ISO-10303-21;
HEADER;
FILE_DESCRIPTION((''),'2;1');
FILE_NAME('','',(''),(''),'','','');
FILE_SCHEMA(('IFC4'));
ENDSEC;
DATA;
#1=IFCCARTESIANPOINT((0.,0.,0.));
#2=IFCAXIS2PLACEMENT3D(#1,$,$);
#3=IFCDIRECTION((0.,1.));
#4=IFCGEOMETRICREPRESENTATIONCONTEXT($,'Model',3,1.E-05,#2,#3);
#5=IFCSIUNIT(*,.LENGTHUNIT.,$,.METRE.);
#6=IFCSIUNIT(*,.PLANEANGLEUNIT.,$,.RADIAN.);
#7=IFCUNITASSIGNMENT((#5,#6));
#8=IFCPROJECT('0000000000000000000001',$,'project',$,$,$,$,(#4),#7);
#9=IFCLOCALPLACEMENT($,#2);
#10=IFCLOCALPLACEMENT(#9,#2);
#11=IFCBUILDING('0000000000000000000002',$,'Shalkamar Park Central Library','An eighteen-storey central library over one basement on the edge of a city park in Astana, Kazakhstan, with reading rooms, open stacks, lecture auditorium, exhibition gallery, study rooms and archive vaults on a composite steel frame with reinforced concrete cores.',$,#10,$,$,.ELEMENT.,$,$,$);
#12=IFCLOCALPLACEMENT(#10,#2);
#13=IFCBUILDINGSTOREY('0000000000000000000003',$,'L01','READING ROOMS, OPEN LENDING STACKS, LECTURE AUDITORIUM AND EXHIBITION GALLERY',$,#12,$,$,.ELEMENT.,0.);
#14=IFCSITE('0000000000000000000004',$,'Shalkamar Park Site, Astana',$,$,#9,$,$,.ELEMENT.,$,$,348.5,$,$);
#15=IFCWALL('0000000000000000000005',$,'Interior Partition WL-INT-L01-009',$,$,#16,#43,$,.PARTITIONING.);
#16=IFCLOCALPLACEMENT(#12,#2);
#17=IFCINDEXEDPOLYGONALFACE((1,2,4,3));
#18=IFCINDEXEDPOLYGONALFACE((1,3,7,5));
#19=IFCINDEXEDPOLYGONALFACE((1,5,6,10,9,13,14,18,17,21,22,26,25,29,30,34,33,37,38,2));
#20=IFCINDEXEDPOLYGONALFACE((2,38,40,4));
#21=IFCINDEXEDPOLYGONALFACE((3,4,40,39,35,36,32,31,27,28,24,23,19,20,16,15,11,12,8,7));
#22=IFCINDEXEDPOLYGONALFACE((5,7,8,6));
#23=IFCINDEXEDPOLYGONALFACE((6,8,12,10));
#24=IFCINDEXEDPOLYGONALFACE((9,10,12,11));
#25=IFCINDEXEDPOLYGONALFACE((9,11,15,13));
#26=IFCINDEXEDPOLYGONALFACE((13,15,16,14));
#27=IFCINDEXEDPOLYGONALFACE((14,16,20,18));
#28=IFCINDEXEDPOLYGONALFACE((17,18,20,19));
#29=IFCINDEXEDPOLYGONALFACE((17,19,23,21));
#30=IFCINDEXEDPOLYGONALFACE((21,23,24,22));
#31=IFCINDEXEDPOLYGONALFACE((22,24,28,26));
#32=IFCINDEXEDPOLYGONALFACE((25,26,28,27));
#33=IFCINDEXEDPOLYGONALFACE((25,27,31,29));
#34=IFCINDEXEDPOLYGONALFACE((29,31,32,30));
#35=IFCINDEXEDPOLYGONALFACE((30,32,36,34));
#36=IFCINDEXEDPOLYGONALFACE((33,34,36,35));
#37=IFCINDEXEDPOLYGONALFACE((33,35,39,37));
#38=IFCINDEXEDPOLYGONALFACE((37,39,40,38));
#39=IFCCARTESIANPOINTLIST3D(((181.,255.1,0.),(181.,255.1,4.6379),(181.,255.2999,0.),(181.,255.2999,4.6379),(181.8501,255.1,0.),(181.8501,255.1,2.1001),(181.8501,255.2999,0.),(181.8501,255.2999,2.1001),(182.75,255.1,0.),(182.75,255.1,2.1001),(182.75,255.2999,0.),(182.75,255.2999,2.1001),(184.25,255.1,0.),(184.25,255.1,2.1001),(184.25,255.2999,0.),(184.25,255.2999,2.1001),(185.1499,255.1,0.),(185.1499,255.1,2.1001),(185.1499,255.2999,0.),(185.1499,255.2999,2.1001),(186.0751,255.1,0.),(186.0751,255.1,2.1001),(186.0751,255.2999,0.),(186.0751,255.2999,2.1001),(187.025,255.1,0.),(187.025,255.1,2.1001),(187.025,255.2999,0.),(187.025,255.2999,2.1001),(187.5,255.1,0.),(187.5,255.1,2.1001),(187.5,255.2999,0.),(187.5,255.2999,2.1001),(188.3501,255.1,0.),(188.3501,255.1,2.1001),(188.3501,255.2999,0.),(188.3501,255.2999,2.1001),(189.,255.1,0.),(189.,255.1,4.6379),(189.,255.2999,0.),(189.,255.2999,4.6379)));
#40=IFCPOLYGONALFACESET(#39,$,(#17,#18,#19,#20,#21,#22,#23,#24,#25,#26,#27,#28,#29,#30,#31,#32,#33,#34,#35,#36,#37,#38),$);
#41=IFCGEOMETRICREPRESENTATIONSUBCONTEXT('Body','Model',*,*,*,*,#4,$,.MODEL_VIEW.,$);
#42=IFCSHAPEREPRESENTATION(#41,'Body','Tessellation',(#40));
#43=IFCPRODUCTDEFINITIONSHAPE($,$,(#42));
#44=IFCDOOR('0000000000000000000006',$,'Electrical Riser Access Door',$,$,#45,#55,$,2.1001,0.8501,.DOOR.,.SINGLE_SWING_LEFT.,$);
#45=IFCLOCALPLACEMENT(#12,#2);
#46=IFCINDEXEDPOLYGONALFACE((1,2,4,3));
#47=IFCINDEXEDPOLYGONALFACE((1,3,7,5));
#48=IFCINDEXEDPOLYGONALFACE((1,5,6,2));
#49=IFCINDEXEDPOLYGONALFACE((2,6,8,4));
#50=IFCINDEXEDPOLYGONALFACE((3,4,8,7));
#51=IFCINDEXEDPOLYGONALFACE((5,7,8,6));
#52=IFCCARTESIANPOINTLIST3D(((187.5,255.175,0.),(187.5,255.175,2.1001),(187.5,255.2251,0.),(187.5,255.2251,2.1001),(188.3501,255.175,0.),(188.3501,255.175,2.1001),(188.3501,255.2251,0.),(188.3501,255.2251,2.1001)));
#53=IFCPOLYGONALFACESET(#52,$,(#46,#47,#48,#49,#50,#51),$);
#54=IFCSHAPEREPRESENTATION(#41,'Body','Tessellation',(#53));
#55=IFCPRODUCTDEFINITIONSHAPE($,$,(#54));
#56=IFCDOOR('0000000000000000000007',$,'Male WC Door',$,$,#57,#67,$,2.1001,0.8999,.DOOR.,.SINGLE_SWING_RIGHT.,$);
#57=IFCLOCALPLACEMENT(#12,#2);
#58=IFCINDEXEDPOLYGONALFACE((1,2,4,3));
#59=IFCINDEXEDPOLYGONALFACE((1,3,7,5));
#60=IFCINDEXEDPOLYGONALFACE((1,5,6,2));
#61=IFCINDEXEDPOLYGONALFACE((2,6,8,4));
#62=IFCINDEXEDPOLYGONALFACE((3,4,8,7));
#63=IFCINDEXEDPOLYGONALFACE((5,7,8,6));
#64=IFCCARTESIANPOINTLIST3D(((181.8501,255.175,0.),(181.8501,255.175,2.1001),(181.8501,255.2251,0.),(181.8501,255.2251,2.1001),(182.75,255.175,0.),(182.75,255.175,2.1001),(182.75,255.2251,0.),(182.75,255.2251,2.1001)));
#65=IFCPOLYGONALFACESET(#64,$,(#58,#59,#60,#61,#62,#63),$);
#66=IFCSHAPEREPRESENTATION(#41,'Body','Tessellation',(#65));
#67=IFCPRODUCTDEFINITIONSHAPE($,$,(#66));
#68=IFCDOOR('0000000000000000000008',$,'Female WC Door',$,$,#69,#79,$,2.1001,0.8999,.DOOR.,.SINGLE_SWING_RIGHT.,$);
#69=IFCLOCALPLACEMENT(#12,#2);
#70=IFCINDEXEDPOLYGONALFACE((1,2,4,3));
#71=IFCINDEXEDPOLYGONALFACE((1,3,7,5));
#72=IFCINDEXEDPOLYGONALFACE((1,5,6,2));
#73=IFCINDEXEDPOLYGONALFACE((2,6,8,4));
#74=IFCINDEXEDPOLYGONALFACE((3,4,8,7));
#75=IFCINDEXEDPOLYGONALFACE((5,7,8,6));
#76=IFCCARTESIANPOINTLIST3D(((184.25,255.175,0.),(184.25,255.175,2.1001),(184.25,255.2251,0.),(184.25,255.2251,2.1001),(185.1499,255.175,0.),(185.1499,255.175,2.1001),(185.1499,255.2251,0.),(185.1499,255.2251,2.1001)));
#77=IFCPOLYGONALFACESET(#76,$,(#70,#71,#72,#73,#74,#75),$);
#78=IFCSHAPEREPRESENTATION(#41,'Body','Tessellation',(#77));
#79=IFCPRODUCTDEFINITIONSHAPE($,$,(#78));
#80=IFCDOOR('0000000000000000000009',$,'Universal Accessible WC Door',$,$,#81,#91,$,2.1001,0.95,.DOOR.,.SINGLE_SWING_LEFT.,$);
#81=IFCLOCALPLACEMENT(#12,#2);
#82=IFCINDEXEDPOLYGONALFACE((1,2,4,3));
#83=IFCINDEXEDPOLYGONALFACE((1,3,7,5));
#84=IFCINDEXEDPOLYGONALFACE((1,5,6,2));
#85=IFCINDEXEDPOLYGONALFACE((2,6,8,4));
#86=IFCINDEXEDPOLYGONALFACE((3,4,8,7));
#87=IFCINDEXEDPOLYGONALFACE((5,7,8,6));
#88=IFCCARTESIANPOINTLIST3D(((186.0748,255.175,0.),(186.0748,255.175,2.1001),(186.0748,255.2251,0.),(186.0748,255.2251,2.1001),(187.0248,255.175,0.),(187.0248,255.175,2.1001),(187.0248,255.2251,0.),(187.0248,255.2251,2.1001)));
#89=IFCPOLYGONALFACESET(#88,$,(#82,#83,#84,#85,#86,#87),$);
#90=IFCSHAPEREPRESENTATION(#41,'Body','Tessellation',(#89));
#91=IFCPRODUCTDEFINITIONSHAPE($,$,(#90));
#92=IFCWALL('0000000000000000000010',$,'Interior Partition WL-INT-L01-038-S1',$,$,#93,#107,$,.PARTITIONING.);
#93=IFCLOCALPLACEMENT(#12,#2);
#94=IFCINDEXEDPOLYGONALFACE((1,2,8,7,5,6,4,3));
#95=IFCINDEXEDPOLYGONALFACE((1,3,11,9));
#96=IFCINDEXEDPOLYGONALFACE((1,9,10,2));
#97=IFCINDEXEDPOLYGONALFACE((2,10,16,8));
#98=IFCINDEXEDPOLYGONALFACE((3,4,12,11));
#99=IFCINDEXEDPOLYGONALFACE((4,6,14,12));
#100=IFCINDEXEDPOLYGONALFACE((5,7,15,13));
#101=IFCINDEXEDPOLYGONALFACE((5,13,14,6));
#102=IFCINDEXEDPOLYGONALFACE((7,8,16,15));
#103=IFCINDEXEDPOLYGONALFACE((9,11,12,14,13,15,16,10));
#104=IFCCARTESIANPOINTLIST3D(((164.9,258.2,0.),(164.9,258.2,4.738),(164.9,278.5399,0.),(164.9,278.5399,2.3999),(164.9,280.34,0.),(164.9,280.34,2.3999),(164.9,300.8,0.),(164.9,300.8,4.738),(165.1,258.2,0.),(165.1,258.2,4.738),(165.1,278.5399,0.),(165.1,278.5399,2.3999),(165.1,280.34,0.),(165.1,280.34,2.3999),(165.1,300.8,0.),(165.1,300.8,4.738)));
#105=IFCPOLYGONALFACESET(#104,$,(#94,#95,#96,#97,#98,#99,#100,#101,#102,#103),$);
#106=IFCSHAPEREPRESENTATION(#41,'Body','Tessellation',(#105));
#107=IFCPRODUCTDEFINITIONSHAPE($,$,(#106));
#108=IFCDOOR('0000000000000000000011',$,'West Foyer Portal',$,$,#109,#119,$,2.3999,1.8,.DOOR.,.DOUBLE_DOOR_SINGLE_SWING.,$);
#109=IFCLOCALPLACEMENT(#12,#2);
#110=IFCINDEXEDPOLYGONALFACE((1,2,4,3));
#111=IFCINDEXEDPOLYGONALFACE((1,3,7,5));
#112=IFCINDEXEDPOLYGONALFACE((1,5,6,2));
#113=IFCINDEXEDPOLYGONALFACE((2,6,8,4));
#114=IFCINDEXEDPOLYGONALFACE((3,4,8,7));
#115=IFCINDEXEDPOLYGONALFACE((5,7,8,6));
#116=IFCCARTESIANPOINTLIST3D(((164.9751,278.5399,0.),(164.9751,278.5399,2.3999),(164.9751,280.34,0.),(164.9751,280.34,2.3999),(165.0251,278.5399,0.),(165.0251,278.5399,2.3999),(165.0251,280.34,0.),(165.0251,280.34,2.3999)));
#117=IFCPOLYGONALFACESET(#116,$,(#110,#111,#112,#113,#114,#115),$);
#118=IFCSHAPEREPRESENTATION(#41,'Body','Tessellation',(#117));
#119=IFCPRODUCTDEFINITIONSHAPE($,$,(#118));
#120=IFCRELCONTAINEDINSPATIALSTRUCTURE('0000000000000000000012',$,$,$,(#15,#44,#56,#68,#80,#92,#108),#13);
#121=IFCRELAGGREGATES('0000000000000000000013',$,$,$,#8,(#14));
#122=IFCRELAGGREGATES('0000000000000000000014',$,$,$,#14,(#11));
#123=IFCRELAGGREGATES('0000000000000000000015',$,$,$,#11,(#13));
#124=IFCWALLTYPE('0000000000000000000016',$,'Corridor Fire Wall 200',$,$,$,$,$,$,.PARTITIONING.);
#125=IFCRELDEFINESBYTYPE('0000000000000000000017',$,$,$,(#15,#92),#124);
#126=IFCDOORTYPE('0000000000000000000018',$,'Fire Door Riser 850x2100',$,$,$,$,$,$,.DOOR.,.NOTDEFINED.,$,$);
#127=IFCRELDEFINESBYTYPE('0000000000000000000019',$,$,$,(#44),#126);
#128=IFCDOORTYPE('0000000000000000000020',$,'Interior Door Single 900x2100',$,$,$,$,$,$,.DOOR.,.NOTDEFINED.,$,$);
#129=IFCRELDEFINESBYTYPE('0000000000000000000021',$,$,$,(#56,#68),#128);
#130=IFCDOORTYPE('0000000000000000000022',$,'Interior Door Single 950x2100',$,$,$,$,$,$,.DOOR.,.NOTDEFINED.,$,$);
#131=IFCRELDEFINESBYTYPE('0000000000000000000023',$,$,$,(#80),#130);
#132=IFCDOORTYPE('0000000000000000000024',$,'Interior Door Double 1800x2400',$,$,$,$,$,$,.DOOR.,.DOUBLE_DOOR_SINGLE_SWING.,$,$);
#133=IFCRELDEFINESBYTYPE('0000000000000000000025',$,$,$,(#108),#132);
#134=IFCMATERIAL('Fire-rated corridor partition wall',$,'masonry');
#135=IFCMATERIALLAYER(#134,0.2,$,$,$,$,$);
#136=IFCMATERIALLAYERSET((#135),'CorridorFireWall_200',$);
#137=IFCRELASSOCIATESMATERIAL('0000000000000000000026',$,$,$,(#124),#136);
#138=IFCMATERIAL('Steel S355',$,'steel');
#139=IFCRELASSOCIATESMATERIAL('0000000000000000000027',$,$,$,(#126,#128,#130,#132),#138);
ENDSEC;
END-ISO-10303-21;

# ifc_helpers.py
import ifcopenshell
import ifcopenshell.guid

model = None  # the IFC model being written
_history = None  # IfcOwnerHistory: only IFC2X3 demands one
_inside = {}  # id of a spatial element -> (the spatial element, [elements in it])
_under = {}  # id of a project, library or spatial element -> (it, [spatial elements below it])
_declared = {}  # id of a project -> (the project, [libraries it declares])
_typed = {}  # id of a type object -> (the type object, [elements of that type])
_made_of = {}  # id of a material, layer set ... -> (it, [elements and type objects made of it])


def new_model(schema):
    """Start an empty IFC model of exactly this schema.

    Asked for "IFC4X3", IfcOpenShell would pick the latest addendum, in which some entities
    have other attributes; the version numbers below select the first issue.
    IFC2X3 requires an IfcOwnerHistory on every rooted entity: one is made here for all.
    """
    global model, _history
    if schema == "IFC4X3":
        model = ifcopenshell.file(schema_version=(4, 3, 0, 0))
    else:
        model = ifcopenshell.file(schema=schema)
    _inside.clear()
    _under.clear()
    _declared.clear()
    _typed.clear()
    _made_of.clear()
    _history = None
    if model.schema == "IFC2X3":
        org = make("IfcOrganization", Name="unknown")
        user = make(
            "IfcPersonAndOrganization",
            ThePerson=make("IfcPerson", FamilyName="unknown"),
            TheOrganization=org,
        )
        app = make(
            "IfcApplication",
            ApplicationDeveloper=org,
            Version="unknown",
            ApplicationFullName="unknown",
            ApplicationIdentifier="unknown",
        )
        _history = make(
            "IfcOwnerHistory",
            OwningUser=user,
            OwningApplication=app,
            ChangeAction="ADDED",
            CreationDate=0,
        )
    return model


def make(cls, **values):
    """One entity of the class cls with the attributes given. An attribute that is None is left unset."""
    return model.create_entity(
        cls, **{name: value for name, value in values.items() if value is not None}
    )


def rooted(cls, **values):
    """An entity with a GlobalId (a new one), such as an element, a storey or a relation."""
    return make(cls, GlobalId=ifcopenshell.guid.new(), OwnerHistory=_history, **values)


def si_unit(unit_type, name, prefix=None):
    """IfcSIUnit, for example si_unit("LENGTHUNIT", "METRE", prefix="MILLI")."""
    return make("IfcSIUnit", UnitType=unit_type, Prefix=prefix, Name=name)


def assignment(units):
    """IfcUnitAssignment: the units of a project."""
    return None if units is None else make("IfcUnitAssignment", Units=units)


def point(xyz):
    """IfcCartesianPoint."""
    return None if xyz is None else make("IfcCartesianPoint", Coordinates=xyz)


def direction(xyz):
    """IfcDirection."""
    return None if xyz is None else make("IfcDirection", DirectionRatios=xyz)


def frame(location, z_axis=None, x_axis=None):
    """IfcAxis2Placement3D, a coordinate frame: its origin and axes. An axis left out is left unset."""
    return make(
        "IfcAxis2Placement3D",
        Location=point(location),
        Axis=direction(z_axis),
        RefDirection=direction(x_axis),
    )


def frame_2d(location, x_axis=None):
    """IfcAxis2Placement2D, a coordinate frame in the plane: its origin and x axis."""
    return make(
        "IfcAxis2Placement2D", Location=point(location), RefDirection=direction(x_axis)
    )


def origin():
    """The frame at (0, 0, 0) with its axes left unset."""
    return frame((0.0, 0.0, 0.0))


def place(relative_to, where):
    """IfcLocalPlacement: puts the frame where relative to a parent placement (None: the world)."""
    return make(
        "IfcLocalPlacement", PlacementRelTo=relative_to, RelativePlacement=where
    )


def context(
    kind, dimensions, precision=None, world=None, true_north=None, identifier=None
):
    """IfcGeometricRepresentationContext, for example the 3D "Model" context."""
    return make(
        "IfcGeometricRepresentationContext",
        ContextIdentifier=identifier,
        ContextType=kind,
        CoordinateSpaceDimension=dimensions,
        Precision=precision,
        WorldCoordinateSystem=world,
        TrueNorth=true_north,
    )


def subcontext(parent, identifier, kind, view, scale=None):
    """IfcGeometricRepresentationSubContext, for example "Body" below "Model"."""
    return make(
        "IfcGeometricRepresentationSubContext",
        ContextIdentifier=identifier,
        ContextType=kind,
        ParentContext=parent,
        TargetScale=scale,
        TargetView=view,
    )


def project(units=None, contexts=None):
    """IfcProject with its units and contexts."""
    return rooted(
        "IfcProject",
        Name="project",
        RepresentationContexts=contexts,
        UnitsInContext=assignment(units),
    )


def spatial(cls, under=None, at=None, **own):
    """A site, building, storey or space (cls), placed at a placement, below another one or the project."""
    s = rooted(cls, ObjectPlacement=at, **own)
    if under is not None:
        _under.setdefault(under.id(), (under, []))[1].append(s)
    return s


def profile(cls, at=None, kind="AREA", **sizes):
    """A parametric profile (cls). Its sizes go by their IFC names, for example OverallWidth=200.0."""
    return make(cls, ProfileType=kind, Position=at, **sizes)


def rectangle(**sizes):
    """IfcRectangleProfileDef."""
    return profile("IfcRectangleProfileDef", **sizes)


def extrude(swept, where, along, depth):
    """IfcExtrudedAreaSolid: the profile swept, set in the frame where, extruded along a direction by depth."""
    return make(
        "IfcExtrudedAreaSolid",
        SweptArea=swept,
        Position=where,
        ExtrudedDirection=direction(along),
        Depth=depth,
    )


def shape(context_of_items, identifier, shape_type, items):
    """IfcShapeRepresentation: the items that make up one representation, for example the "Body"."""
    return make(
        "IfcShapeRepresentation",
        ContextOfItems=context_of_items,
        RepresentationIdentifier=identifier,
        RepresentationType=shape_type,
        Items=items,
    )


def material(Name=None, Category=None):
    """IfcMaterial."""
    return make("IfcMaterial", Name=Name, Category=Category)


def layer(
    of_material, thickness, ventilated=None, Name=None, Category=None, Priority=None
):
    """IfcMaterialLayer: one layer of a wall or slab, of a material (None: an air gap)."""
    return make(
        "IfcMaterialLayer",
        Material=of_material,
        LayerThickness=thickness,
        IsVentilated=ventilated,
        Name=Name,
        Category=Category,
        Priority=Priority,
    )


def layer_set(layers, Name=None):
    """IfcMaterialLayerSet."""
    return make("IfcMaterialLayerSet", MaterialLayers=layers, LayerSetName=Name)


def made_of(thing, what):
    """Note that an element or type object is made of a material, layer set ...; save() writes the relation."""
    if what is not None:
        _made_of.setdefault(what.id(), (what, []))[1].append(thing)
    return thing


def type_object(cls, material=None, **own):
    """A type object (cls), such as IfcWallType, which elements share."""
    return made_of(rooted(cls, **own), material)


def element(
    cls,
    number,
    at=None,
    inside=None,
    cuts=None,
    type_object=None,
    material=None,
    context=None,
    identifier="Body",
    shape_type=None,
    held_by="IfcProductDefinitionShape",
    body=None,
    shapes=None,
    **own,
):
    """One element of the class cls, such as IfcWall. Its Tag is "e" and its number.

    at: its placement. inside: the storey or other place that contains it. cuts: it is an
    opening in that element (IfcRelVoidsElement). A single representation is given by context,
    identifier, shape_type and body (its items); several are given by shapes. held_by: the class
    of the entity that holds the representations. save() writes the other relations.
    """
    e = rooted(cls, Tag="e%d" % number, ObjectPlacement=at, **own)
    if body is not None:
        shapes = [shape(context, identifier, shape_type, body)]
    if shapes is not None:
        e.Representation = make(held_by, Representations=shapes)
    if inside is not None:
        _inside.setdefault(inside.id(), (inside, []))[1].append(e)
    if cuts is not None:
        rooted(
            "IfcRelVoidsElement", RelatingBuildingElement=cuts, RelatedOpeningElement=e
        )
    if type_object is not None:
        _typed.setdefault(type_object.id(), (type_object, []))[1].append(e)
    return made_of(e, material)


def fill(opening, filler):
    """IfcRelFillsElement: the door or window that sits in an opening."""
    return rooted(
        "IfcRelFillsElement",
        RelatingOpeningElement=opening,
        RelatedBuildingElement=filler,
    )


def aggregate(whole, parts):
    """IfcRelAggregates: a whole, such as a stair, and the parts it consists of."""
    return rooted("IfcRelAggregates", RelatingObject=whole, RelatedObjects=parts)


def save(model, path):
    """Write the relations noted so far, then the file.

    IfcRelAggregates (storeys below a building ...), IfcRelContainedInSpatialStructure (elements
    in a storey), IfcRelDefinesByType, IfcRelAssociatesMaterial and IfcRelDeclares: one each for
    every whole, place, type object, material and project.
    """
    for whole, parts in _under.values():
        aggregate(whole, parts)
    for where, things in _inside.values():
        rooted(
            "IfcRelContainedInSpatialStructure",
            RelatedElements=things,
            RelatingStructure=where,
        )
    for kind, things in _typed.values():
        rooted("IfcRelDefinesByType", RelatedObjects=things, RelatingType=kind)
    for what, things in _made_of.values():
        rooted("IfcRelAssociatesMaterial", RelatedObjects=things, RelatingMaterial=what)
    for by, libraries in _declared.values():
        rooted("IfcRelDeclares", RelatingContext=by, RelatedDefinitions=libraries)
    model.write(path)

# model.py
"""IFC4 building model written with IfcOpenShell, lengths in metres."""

from ifc_helpers import new_model, si_unit, direction, frame, frame_2d, origin, place, context, subcontext, project, spatial, rectangle, extrude, material, layer, layer_set, type_object, element, fill, save


model = new_model("IFC4")

# Units and contexts
model_context = context("Model", 3, precision=1e-05, world=origin(), true_north=direction((0.0, 1.0)))
body_context = subcontext(model_context, "Body", "Model", "MODEL_VIEW")
ifc_project = project(units=[si_unit("LENGTHUNIT", "METRE"), si_unit("PLANEANGLEUNIT", "RADIAN")], contexts=[model_context])

# Site, building, storey
site_placement = place(None, origin())
site = spatial("IfcSite", under=ifc_project, at=site_placement, Name="Shalkamar Park Site, Astana", CompositionType="ELEMENT", RefElevation=348.5)
building_placement = place(site_placement, origin())
building = spatial("IfcBuilding", under=site, at=building_placement, Name="Shalkamar Park Central Library", Description="An eighteen-storey central library over one basement on the edge of a city park in Astana, Kazakhstan, with reading rooms, open stacks, lecture auditorium, exhibition gallery, study rooms and archive vaults on a composite steel frame with reinforced concrete cores.", CompositionType="ELEMENT")
storey_placement = place(building_placement, origin())
storey = spatial("IfcBuildingStorey", under=building, at=storey_placement, Name="L01", Description="READING ROOMS, OPEN LENDING STACKS, LECTURE AUDITORIUM AND EXHIBITION GALLERY", CompositionType="ELEMENT", Elevation=0.0)

# Shared definitions
ifc_material_1 = material(Name="Steel S355", Category="steel")

# Wall, openings, doors
ifc_material_2 = material(Name="Fire-rated corridor partition wall", Category="masonry")
ifc_layer_1 = layer(ifc_material_2, 0.2)
ifc_layer_set_1 = layer_set([ifc_layer_1], Name="CorridorFireWall_200")
wall_type_1 = type_object("IfcWallType", Name="Corridor Fire Wall 200", PredefinedType="PARTITIONING", material=ifc_layer_set_1)
wall_1_placement = place(storey_placement, frame((181.0, 255.2, 0.0), z_axis=(0.0, 0.0, 1.0), x_axis=(1.0, 0.0, 0.0)))
wall_1 = element("IfcWall", 1, at=wall_1_placement, inside=storey, type_object=wall_type_1, Name="Interior Partition WL-INT-L01-009", PredefinedType="PARTITIONING", context=body_context, shape_type="SweptSolid", body=[
    extrude(rectangle(XDim=8.0, YDim=0.2, at=frame_2d((4.0, 0.0))), origin(), (0.0, 0.0, 1.0), 4.6379),
])
opening_1_placement = place(wall_1_placement, frame((0.8501, 0.0, 0.0)))
opening_1 = element("IfcOpeningElement", 2, at=opening_1_placement, cuts=wall_1, PredefinedType="OPENING", context=body_context, shape_type="SweptSolid", body=[
    extrude(rectangle(XDim=0.8999, YDim=2.1001, at=frame_2d((0.45, 1.05))), frame((0.0, 0.1147, 0.0), z_axis=(0.0, -1.0, 0.0), x_axis=(1.0, 0.0, 0.0)), (0.0, 0.0, 1.0), 0.2297),
])
opening_2_placement = place(wall_1_placement, frame((3.25, 0.0, 0.0)))
opening_2 = element("IfcOpeningElement", 3, at=opening_2_placement, cuts=wall_1, PredefinedType="OPENING", context=body_context, shape_type="SweptSolid", body=[
    extrude(rectangle(XDim=0.8999, YDim=2.1001, at=frame_2d((0.45, 1.05))), frame((0.0, 0.1147, 0.0), z_axis=(0.0, -1.0, 0.0), x_axis=(1.0, 0.0, 0.0)), (0.0, 0.0, 1.0), 0.2297),
])
opening_3_placement = place(wall_1_placement, frame((5.075, 0.0, 0.0)))
opening_3 = element("IfcOpeningElement", 4, at=opening_3_placement, cuts=wall_1, PredefinedType="OPENING", context=body_context, shape_type="SweptSolid", body=[
    extrude(rectangle(XDim=0.95, YDim=2.1001, at=frame_2d((0.4751, 1.05))), frame((0.0, 0.1147, 0.0), z_axis=(0.0, -1.0, 0.0), x_axis=(1.0, 0.0, 0.0)), (0.0, 0.0, 1.0), 0.2297),
])
opening_4_placement = place(wall_1_placement, frame((6.5, 0.0, 0.0)))
opening_4 = element("IfcOpeningElement", 5, at=opening_4_placement, cuts=wall_1, PredefinedType="OPENING", context=body_context, shape_type="SweptSolid", body=[
    extrude(rectangle(XDim=0.8501, YDim=2.1001, at=frame_2d((0.425, 1.05))), frame((0.0, 0.1147, 0.0), z_axis=(0.0, -1.0, 0.0), x_axis=(1.0, 0.0, 0.0)), (0.0, 0.0, 1.0), 0.2297),
])
door_type_1 = type_object("IfcDoorType", Name="Fire Door Riser 850x2100", OperationType="NOTDEFINED", PredefinedType="DOOR", material=ifc_material_1)
door_1_placement = place(opening_4_placement, frame((0.8501, 0.0, 0.0), z_axis=(0.0, 0.0, 1.0), x_axis=(-1.0, 0.0, 0.0)))
door_1 = element("IfcDoor", 6, at=door_1_placement, inside=storey, type_object=door_type_1, Name="Electrical Riser Access Door", OperationType="SINGLE_SWING_LEFT", OverallHeight=2.1001, OverallWidth=0.8501, PredefinedType="DOOR", context=body_context, shape_type="SweptSolid", body=[
    extrude(rectangle(XDim=0.8501, YDim=2.1001, at=frame_2d((0.425, 1.05))), frame((0.0, 0.0249, 0.0), z_axis=(0.0, -1.0, 0.0), x_axis=(1.0, 0.0, 0.0)), (0.0, 0.0, 1.0), 0.05),
])
fill(opening_4, door_1)
door_type_2 = type_object("IfcDoorType", Name="Interior Door Single 900x2100", OperationType="NOTDEFINED", PredefinedType="DOOR", material=ifc_material_1)
door_2_placement = place(opening_1_placement, frame((0.8999, 0.0, 0.0), z_axis=(0.0, 0.0, 1.0), x_axis=(-1.0, 0.0, 0.0)))
door_2 = element("IfcDoor", 7, at=door_2_placement, inside=storey, type_object=door_type_2, Name="Male WC Door", OperationType="SINGLE_SWING_RIGHT", OverallHeight=2.1001, OverallWidth=0.8999, PredefinedType="DOOR", context=body_context, shape_type="SweptSolid", body=[
    extrude(rectangle(XDim=0.8999, YDim=2.1001, at=frame_2d((0.45, 1.05))), frame((0.0, 0.0249, 0.0), z_axis=(0.0, -1.0, 0.0), x_axis=(1.0, 0.0, 0.0)), (0.0, 0.0, 1.0), 0.05),
])
fill(opening_1, door_2)
door_3_placement = place(opening_2_placement, frame((0.8999, 0.0, 0.0), z_axis=(0.0, 0.0, 1.0), x_axis=(-1.0, 0.0, 0.0)))
door_3 = element("IfcDoor", 8, at=door_3_placement, inside=storey, type_object=door_type_2, Name="Female WC Door", OperationType="SINGLE_SWING_RIGHT", OverallHeight=2.1001, OverallWidth=0.8999, PredefinedType="DOOR", context=body_context, shape_type="SweptSolid", body=[
    extrude(rectangle(XDim=0.8999, YDim=2.1001, at=frame_2d((0.45, 1.05))), frame((0.0, 0.0249, 0.0), z_axis=(0.0, -1.0, 0.0), x_axis=(1.0, 0.0, 0.0)), (0.0, 0.0, 1.0), 0.05),
])
fill(opening_2, door_3)
door_type_3 = type_object("IfcDoorType", Name="Interior Door Single 950x2100", OperationType="NOTDEFINED", PredefinedType="DOOR", material=ifc_material_1)
door_4_placement = place(opening_3_placement, frame((0.95, 0.0, 0.0), z_axis=(0.0, 0.0, 1.0), x_axis=(-1.0, 0.0, 0.0)))
door_4 = element("IfcDoor", 9, at=door_4_placement, inside=storey, type_object=door_type_3, Name="Universal Accessible WC Door", OperationType="SINGLE_SWING_LEFT", OverallHeight=2.1001, OverallWidth=0.95, PredefinedType="DOOR", context=body_context, shape_type="SweptSolid", body=[
    extrude(rectangle(XDim=0.95, YDim=2.1001, at=frame_2d((0.4751, 1.05))), frame((0.0, 0.0249, 0.0), z_axis=(0.0, -1.0, 0.0), x_axis=(1.0, 0.0, 0.0)), (0.0, 0.0, 1.0), 0.05),
])
fill(opening_3, door_4)

# Wall, opening, door
wall_2_placement = place(storey_placement, frame((165.0, 258.2, 0.0), z_axis=(0.0, 0.0, 1.0), x_axis=(0.0, 1.0, 0.0)))
wall_2 = element("IfcWall", 10, at=wall_2_placement, inside=storey, type_object=wall_type_1, Name="Interior Partition WL-INT-L01-038-S1", PredefinedType="PARTITIONING", context=body_context, shape_type="SweptSolid", body=[
    extrude(rectangle(XDim=42.6001, YDim=0.2, at=frame_2d((21.3, 0.0))), origin(), (0.0, 0.0, 1.0), 4.738),
])
opening_5_placement = place(wall_2_placement, frame((20.3401, 0.0, 0.0)))
opening_5 = element("IfcOpeningElement", 11, at=opening_5_placement, cuts=wall_2, PredefinedType="OPENING", context=body_context, shape_type="SweptSolid", body=[
    extrude(rectangle(XDim=1.8, YDim=2.3999, at=frame_2d((0.8999, 1.2))), frame((0.0, 0.1147, 0.0), z_axis=(0.0, -1.0, 0.0), x_axis=(1.0, 0.0, 0.0)), (0.0, 0.0, 1.0), 0.2297),
])
door_type_4 = type_object("IfcDoorType", Name="Interior Door Double 1800x2400", OperationType="DOUBLE_DOOR_SINGLE_SWING", PredefinedType="DOOR", material=ifc_material_1)
door_5_placement = place(opening_5_placement, origin())
door_5 = element("IfcDoor", 12, at=door_5_placement, inside=storey, type_object=door_type_4, Name="West Foyer Portal", OperationType="DOUBLE_DOOR_SINGLE_SWING", OverallHeight=2.3999, OverallWidth=1.8, PredefinedType="DOOR", context=body_context, shape_type="SweptSolid", body=[
    extrude(rectangle(XDim=1.8, YDim=2.3999, at=frame_2d((0.8999, 1.2))), frame((0.0, 0.0249, 0.0), z_axis=(0.0, -1.0, 0.0), x_axis=(1.0, 0.0, 0.0)), (0.0, 0.0, 1.0), 0.05),
])
fill(opening_5, door_5)

save(model, "model.ifc")
